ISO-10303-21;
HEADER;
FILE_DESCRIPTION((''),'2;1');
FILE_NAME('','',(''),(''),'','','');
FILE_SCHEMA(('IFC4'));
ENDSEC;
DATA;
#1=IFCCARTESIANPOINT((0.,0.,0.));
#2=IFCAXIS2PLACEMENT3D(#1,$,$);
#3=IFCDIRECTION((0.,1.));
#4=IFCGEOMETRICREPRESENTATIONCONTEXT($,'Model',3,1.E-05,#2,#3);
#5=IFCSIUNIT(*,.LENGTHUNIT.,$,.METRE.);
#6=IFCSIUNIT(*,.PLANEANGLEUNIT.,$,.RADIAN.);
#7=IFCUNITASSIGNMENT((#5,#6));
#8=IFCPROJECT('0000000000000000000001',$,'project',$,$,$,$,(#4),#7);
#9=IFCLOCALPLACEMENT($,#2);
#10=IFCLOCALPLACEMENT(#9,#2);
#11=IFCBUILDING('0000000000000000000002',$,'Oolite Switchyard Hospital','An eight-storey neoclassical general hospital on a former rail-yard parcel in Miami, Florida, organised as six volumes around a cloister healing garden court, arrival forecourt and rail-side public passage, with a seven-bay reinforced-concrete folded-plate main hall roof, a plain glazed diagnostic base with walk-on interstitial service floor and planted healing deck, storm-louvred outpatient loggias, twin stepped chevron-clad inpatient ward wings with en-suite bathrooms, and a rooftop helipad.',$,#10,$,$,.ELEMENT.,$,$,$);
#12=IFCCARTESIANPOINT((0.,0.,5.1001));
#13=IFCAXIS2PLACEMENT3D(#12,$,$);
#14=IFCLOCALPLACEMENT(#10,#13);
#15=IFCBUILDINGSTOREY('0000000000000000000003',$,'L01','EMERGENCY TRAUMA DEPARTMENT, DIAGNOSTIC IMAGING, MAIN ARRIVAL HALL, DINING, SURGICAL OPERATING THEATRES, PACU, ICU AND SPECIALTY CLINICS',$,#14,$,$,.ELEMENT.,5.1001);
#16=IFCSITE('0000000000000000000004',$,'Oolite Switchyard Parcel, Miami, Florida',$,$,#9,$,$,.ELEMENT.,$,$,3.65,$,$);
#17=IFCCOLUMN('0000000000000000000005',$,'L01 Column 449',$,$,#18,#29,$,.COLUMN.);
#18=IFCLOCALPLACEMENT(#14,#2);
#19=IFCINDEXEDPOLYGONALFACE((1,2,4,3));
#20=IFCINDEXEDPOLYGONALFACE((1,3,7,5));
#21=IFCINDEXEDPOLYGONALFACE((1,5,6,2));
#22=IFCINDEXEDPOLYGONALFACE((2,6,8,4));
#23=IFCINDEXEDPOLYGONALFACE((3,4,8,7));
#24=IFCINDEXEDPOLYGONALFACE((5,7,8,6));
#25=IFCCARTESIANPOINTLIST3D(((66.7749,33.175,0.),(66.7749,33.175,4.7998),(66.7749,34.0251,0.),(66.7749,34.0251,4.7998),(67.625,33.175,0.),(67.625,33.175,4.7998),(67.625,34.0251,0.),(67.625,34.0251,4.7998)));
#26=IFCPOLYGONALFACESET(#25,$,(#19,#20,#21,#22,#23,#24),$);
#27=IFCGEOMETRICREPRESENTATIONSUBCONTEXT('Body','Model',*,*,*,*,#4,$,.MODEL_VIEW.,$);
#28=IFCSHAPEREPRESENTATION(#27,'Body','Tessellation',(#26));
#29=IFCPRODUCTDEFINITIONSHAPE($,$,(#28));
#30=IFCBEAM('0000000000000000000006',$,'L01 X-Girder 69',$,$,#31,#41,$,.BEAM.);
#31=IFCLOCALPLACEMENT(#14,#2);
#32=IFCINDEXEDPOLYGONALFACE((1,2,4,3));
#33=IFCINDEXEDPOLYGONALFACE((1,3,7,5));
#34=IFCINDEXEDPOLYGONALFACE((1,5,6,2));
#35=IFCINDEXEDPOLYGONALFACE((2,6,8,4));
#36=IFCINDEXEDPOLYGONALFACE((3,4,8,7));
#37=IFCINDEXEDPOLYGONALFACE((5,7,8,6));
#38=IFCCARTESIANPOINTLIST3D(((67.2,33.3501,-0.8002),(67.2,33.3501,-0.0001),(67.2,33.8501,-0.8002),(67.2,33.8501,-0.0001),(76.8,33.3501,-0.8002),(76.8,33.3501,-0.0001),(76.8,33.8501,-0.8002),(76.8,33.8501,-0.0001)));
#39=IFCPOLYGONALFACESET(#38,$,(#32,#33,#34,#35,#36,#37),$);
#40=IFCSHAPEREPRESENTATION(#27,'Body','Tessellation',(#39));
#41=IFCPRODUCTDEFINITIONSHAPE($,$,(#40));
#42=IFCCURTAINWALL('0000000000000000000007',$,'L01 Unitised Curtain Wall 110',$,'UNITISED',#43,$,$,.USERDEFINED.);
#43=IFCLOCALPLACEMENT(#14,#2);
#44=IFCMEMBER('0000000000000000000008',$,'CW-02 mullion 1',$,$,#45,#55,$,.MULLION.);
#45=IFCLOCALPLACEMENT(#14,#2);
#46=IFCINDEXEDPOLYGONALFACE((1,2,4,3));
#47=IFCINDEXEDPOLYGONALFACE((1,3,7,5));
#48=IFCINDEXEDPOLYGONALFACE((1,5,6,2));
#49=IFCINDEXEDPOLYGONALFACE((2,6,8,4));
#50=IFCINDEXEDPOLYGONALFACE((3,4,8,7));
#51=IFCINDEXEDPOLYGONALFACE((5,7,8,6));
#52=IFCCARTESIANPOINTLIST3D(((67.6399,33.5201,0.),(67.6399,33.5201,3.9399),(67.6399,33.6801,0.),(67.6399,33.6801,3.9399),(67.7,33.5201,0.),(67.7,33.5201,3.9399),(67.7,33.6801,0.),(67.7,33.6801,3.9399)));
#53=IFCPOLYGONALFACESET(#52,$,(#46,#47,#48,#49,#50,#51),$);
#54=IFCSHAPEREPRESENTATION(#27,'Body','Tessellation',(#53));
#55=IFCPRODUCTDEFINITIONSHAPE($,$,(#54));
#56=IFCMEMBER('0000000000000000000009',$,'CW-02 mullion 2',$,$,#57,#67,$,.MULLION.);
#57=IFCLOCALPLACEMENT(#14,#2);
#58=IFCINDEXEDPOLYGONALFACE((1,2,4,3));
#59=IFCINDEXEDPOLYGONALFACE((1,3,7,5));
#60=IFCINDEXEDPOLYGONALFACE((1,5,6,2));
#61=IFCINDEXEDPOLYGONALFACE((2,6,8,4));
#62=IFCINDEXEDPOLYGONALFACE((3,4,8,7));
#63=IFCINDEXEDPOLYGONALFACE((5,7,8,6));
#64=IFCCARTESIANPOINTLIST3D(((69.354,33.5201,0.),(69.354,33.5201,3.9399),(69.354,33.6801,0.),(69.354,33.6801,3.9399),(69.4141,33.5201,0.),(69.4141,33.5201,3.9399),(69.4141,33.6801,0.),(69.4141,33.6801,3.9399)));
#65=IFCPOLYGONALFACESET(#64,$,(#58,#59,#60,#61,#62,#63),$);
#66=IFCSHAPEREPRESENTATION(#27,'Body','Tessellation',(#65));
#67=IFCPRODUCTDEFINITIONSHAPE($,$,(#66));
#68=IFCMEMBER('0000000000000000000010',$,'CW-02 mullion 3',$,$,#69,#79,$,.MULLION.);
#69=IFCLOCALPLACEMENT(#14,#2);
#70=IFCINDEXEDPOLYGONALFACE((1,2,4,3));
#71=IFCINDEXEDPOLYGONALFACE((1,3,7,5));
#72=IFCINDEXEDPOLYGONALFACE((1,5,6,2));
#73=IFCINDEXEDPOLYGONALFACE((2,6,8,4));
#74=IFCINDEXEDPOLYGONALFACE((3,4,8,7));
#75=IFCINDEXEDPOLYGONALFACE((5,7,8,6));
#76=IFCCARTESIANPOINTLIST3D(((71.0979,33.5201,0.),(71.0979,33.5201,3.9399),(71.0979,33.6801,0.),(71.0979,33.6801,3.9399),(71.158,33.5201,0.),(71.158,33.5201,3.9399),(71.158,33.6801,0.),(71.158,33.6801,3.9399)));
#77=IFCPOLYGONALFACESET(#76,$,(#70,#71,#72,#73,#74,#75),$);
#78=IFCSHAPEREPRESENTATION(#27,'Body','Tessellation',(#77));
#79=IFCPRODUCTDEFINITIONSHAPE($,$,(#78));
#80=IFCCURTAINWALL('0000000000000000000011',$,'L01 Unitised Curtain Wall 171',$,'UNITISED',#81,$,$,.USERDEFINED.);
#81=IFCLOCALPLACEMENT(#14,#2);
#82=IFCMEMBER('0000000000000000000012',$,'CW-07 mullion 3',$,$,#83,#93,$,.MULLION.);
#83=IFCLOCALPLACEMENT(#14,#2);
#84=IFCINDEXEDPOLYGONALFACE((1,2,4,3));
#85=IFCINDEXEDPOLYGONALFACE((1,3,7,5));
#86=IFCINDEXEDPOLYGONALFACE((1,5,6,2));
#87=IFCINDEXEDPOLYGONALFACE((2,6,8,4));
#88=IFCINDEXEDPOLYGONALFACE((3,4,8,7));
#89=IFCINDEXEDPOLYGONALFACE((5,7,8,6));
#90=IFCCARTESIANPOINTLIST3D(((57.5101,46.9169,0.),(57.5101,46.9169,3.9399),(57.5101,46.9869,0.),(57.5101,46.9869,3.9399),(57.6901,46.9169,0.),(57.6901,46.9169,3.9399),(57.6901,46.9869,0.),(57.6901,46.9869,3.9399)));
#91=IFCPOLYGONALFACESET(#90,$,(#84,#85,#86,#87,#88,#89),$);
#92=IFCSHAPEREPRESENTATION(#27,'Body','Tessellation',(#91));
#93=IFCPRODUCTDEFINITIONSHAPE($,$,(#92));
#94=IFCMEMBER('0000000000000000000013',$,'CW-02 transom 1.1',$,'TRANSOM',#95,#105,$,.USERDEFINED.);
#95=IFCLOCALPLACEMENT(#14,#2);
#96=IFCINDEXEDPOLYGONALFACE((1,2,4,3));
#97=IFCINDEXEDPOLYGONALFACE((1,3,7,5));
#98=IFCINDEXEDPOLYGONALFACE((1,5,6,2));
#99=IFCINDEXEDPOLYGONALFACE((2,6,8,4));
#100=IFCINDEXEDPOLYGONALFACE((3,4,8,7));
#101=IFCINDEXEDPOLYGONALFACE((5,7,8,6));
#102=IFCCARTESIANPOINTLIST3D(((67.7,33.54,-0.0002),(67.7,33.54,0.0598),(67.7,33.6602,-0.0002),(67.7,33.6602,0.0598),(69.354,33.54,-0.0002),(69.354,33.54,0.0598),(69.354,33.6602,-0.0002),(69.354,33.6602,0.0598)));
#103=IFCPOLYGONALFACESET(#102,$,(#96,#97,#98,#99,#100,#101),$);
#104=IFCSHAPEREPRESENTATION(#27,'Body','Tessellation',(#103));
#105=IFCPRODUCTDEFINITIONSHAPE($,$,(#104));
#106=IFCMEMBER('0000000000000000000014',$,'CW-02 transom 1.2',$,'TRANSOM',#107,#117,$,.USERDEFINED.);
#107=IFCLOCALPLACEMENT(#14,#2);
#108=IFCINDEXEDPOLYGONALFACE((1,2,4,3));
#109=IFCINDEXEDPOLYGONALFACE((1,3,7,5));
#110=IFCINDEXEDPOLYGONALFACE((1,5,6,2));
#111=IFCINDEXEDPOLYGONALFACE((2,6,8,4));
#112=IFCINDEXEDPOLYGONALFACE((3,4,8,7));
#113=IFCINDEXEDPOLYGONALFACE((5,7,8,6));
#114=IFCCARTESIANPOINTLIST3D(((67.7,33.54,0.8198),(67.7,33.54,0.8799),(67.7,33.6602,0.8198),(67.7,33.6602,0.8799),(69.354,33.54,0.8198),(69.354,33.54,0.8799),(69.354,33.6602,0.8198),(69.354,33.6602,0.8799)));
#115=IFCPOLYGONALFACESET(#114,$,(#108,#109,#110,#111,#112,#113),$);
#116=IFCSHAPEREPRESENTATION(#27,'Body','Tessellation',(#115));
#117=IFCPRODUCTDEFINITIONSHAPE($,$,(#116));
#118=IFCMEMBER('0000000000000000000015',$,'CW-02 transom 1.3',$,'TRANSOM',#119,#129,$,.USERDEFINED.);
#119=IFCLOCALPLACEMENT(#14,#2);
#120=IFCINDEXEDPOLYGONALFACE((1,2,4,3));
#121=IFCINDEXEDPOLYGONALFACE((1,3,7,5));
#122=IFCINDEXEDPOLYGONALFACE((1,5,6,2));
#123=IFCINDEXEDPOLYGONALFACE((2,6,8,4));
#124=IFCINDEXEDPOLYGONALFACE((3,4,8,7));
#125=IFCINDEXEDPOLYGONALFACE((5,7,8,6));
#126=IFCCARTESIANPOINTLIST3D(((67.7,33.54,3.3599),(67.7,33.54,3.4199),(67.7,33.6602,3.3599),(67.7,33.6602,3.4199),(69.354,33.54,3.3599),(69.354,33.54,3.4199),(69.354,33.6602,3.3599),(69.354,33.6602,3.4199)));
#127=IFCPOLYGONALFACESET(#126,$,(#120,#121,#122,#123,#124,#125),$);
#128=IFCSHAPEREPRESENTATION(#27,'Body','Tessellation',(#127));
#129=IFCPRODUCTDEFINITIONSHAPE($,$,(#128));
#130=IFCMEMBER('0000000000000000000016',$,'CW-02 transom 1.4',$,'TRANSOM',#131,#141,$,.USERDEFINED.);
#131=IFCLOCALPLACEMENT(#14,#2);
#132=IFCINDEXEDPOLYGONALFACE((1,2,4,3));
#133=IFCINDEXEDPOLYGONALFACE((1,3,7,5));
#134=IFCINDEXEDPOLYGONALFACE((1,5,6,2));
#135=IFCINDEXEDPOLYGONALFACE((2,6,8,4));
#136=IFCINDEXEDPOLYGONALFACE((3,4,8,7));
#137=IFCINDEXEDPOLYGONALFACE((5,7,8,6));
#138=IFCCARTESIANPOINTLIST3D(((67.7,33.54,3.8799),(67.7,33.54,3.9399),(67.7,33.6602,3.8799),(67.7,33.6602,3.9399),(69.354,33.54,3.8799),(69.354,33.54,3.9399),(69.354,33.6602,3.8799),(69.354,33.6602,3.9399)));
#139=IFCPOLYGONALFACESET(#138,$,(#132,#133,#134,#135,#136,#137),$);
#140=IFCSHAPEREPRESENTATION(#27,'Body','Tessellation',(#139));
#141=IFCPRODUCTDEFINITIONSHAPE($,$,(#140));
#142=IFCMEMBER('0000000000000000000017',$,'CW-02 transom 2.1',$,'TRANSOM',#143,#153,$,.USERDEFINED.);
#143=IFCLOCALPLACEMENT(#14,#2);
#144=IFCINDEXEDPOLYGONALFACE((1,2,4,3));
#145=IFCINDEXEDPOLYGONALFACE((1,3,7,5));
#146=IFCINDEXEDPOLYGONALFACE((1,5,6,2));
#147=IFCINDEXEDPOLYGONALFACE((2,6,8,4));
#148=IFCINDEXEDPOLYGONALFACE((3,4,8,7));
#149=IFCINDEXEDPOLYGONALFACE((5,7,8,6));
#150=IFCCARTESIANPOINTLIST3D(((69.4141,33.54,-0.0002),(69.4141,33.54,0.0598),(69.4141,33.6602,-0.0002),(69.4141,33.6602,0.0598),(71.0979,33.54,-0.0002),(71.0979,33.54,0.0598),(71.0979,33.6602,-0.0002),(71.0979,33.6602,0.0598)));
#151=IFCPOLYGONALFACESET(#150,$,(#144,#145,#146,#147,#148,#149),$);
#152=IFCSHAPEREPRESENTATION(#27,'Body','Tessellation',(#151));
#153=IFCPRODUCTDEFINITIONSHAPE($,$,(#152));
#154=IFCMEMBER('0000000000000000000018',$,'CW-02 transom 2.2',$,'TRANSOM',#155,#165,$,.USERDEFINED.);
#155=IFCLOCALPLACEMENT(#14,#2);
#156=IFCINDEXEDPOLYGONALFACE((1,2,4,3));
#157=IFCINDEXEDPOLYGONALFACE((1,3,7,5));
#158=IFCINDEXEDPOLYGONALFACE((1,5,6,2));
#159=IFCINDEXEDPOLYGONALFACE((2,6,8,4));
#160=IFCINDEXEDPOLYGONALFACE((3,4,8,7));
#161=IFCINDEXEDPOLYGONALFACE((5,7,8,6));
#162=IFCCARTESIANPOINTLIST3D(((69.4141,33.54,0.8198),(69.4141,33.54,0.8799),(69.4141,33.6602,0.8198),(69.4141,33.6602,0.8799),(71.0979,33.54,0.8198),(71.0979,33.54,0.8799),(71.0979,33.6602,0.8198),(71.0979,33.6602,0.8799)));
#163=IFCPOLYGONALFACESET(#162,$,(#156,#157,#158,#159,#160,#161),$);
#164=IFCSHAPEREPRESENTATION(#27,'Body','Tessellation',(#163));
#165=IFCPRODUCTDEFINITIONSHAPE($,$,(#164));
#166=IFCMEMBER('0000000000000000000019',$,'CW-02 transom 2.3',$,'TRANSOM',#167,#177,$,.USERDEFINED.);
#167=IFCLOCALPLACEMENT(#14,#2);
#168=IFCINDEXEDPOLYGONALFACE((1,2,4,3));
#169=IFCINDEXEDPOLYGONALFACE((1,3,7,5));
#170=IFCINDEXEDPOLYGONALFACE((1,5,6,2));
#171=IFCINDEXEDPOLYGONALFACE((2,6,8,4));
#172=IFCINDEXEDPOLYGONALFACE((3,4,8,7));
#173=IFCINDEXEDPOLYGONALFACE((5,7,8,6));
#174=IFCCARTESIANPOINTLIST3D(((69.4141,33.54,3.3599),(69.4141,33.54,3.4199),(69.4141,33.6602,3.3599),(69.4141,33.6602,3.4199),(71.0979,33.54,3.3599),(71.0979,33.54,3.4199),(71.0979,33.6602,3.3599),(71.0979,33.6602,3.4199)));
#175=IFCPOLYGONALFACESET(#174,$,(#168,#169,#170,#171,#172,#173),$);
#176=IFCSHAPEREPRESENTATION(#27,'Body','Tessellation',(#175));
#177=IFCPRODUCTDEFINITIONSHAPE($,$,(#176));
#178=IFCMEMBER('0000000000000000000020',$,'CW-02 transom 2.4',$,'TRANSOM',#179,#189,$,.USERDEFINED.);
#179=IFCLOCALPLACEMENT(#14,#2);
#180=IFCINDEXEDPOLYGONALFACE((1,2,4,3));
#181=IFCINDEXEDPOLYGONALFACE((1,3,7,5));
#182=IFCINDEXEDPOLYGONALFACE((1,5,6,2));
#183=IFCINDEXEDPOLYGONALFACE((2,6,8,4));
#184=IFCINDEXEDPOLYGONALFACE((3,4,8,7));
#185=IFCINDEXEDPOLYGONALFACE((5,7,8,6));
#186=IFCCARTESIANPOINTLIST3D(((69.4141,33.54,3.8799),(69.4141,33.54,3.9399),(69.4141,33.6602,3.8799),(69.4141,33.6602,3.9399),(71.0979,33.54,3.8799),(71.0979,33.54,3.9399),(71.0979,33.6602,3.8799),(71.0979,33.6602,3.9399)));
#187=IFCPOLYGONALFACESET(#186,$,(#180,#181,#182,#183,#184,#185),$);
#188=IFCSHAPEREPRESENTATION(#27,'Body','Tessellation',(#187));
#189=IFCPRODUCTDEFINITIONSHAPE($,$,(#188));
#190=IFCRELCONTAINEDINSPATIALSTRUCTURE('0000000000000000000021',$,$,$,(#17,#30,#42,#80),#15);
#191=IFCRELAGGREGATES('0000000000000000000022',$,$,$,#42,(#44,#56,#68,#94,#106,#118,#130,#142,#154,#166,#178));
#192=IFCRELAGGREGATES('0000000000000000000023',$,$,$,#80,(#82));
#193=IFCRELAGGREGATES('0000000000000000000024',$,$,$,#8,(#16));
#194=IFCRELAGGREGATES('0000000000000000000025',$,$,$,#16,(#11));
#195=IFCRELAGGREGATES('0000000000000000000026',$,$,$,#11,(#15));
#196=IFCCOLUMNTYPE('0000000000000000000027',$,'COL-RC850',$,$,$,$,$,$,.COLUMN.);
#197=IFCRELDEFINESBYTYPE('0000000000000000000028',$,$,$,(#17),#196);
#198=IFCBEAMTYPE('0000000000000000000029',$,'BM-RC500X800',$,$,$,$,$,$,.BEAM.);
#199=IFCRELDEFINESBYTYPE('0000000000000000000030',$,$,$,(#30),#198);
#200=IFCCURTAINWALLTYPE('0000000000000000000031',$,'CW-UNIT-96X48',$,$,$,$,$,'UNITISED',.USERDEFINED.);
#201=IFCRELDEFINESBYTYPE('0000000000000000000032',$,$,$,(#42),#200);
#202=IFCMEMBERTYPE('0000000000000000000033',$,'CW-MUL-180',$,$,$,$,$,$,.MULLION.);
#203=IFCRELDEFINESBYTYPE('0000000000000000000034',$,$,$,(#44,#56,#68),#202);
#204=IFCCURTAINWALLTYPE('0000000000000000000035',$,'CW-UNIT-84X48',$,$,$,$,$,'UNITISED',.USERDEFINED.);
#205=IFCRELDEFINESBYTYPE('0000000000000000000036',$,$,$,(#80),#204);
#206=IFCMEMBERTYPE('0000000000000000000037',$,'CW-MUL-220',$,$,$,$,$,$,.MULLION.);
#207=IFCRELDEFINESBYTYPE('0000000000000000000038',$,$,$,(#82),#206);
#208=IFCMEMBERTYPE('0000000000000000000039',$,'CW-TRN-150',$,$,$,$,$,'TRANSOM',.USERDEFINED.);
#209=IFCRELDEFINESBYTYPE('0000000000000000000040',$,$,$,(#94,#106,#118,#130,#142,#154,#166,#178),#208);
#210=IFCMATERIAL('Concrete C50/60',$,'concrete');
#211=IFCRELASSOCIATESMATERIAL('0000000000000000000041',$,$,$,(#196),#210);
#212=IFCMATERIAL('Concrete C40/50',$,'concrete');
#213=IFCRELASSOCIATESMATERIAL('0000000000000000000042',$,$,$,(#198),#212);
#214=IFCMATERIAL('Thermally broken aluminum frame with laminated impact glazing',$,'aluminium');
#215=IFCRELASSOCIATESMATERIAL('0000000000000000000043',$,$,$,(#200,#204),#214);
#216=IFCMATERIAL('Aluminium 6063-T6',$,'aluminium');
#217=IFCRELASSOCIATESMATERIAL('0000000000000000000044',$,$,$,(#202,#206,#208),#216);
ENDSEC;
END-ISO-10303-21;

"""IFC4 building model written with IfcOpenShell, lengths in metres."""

from ifc_helpers import new_model, si_unit, direction, frame, origin, origin_2d, place, context, subcontext, project, spatial, rectangle, extrude, material, material_profile, profile_set, type_object, element, aggregate, save


model = new_model("IFC4")

# Units and contexts
model_context = context("Model", 3, precision=1e-05, world=origin(), true_north=direction((0.0, 1.0)))
body_context = subcontext(model_context, "Body", "Model", "MODEL_VIEW")
ifc_project = project(units=[si_unit("LENGTHUNIT", "METRE"), si_unit("PLANEANGLEUNIT", "RADIAN")], contexts=[model_context])

# Site, building, storey
site_placement = place(None, origin())
site = spatial("IfcSite", under=ifc_project, at=site_placement, Name="Oolite Switchyard Parcel, Miami, Florida", CompositionType="ELEMENT", RefElevation=3.65)
building_placement = place(site_placement, origin())
building = spatial("IfcBuilding", under=site, at=building_placement, Name="Oolite Switchyard Hospital", Description="An eight-storey neoclassical general hospital on a former rail-yard parcel in Miami, Florida, organised as six volumes around a cloister healing garden court, arrival forecourt and rail-side public passage, with a seven-bay reinforced-concrete folded-plate main hall roof, a plain glazed diagnostic base with walk-on interstitial service floor and planted healing deck, storm-louvred outpatient loggias, twin stepped chevron-clad inpatient ward wings with en-suite bathrooms, and a rooftop helipad.", CompositionType="ELEMENT")
storey_placement = place(building_placement, frame((0.0, 0.0, 5.1001)))
storey = spatial("IfcBuildingStorey", under=building, at=storey_placement, Name="L01", Description="EMERGENCY TRAUMA DEPARTMENT, DIAGNOSTIC IMAGING, MAIN ARRIVAL HALL, DINING, SURGICAL OPERATING THEATRES, PACU, ICU AND SPECIALTY CLINICS", CompositionType="ELEMENT", Elevation=5.1001)

# Column
ifc_material_1 = material(Name="Concrete C50/60", Category="concrete")
ifc_material_profile_1 = material_profile(ifc_material_1, rectangle(XDim=0.8501, YDim=0.8501, at=origin_2d()), Name="RC850X850")
ifc_profile_set_1 = profile_set([ifc_material_profile_1], Name="Concrete C50/60")
column_type = type_object("IfcColumnType", Name="COL-RC850", PredefinedType="COLUMN", material=ifc_profile_set_1)
column_placement = place(storey_placement, frame((67.2, 33.6001, 0.0), z_axis=(0.0, 0.0, 1.0), x_axis=(1.0, 0.0, 0.0)))
element("IfcColumn", 1, at=column_placement, inside=storey, type_object=column_type, Name="L01 Column 449", PredefinedType="COLUMN", context=body_context, shape_type="SweptSolid", body=[
    extrude(rectangle(XDim=0.8501, YDim=0.8501, at=origin_2d()), origin(), (0.0, 0.0, 1.0), 4.7998),
])

# Beam
ifc_material_2 = material(Name="Concrete C40/50", Category="concrete")
ifc_material_profile_2 = material_profile(ifc_material_2, rectangle(XDim=0.5, YDim=0.8, at=origin_2d()), Name="RCB500X800")
ifc_profile_set_2 = profile_set([ifc_material_profile_2], Name="Concrete C40/50")
beam_type = type_object("IfcBeamType", Name="BM-RC500X800", PredefinedType="BEAM", material=ifc_profile_set_2)
beam_placement = place(storey_placement, frame((67.2, 33.6001, -0.4001), z_axis=(1.0, 0.0, 0.0), x_axis=(0.0, 1.0, 0.0)))
element("IfcBeam", 2, at=beam_placement, inside=storey, type_object=beam_type, Name="L01 X-Girder 69", PredefinedType="BEAM", context=body_context, shape_type="SweptSolid", body=[
    extrude(rectangle(XDim=0.5, YDim=0.8, at=origin_2d()), origin(), (0.0, 0.0, 1.0), 9.6001),
])

# Curtain wall, members
ifc_material_3 = material(Name="Thermally broken aluminum frame with laminated impact glazing", Category="aluminium")
curtain_wall_type_1 = type_object("IfcCurtainWallType", Name="CW-UNIT-96X48", ElementType="UNITISED", PredefinedType="USERDEFINED", material=ifc_material_3)
curtain_wall_1_placement = place(storey_placement, origin())
curtain_wall_1 = element("IfcCurtainWall", 3, at=curtain_wall_1_placement, inside=storey, type_object=curtain_wall_type_1, Name="L01 Unitised Curtain Wall 110", ObjectType="UNITISED", PredefinedType="USERDEFINED")
ifc_material_4 = material(Name="Aluminium 6063-T6", Category="aluminium")
ifc_material_profile_3 = material_profile(ifc_material_4, rectangle(XDim=0.1599, YDim=0.0601, at=origin_2d()), Name="CWM60X160")
ifc_profile_set_3 = profile_set([ifc_material_profile_3], Name="Aluminium 6063-T6")
member_type_1 = type_object("IfcMemberType", Name="CW-MUL-180", PredefinedType="MULLION", material=ifc_profile_set_3)
member_1_placement = place(storey_placement, frame((67.6699, 33.6001, 0.0), z_axis=(0.0, 0.0, 1.0), x_axis=(0.0, 1.0, 0.0)))
member_1 = element("IfcMember", 4, at=member_1_placement, type_object=member_type_1, Name="CW-02 mullion 1", PredefinedType="MULLION", context=body_context, shape_type="SweptSolid", body=[
    extrude(rectangle(XDim=0.1599, YDim=0.0601, at=origin_2d()), origin(), (0.0, 0.0, 1.0), 3.9399),
])
member_2_placement = place(storey_placement, frame((69.384, 33.6001, 0.0), z_axis=(0.0, 0.0, 1.0), x_axis=(0.0, 1.0, 0.0)))
member_2 = element("IfcMember", 5, at=member_2_placement, type_object=member_type_1, Name="CW-02 mullion 2", PredefinedType="MULLION", context=body_context, shape_type="SweptSolid", body=[
    extrude(rectangle(XDim=0.1599, YDim=0.0601, at=origin_2d()), origin(), (0.0, 0.0, 1.0), 3.9399),
])
member_3_placement = place(storey_placement, frame((71.1279, 33.6001, 0.0), z_axis=(0.0, 0.0, 1.0), x_axis=(0.0, 1.0, 0.0)))
member_3 = element("IfcMember", 6, at=member_3_placement, type_object=member_type_1, Name="CW-02 mullion 3", PredefinedType="MULLION", context=body_context, shape_type="SweptSolid", body=[
    extrude(rectangle(XDim=0.1599, YDim=0.0601, at=origin_2d()), origin(), (0.0, 0.0, 1.0), 3.9399),
])

# Curtain wall, member
curtain_wall_type_2 = type_object("IfcCurtainWallType", Name="CW-UNIT-84X48", ElementType="UNITISED", PredefinedType="USERDEFINED", material=ifc_material_3)
curtain_wall_2_placement = place(storey_placement, origin())
curtain_wall_2 = element("IfcCurtainWall", 7, at=curtain_wall_2_placement, inside=storey, type_object=curtain_wall_type_2, Name="L01 Unitised Curtain Wall 171", ObjectType="UNITISED", PredefinedType="USERDEFINED")
ifc_material_profile_4 = material_profile(ifc_material_4, rectangle(XDim=0.1799, YDim=0.0701, at=origin_2d()), Name="CWM70X180")
ifc_profile_set_4 = profile_set([ifc_material_profile_4], Name="Aluminium 6063-T6")
member_type_2 = type_object("IfcMemberType", Name="CW-MUL-220", PredefinedType="MULLION", material=ifc_profile_set_4)
member_4_placement = place(storey_placement, frame((57.6001, 46.9519, 0.0), z_axis=(0.0, 0.0, 1.0), x_axis=(1.0, 0.0, 0.0)))
member_4 = element("IfcMember", 8, at=member_4_placement, type_object=member_type_2, Name="CW-07 mullion 3", PredefinedType="MULLION", context=body_context, shape_type="SweptSolid", body=[
    extrude(rectangle(XDim=0.1799, YDim=0.0701, at=origin_2d()), origin(), (0.0, 0.0, 1.0), 3.9399),
])

# Members
ifc_material_profile_5 = material_profile(ifc_material_4, rectangle(XDim=0.1201, YDim=0.0601, at=origin_2d()), Name="CWT60X120")
ifc_profile_set_5 = profile_set([ifc_material_profile_5], Name="Aluminium 6063-T6")
member_type_3 = type_object("IfcMemberType", Name="CW-TRN-150", ElementType="TRANSOM", PredefinedType="USERDEFINED", material=ifc_profile_set_5)
member_5_placement = place(storey_placement, frame((67.7, 33.6001, 0.0298), z_axis=(1.0, 0.0, 0.0), x_axis=(0.0, 1.0, 0.0)))
member_5 = element("IfcMember", 9, at=member_5_placement, type_object=member_type_3, Name="CW-02 transom 1.1", ObjectType="TRANSOM", PredefinedType="USERDEFINED", context=body_context, shape_type="SweptSolid", body=[
    extrude(rectangle(XDim=0.1201, YDim=0.0601, at=origin_2d()), origin(), (0.0, 0.0, 1.0), 1.6541),
])
member_6_placement = place(storey_placement, frame((67.7, 33.6001, 0.8499), z_axis=(1.0, 0.0, 0.0), x_axis=(0.0, 1.0, 0.0)))
member_6 = element("IfcMember", 10, at=member_6_placement, type_object=member_type_3, Name="CW-02 transom 1.2", ObjectType="TRANSOM", PredefinedType="USERDEFINED", context=body_context, shape_type="SweptSolid", body=[
    extrude(rectangle(XDim=0.1201, YDim=0.0601, at=origin_2d()), origin(), (0.0, 0.0, 1.0), 1.6541),
])
member_7_placement = place(storey_placement, frame((67.7, 33.6001, 3.3899), z_axis=(1.0, 0.0, 0.0), x_axis=(0.0, 1.0, 0.0)))
member_7 = element("IfcMember", 11, at=member_7_placement, type_object=member_type_3, Name="CW-02 transom 1.3", ObjectType="TRANSOM", PredefinedType="USERDEFINED", context=body_context, shape_type="SweptSolid", body=[
    extrude(rectangle(XDim=0.1201, YDim=0.0601, at=origin_2d()), origin(), (0.0, 0.0, 1.0), 1.6541),
])
member_8_placement = place(storey_placement, frame((67.7, 33.6001, 3.9099), z_axis=(1.0, 0.0, 0.0), x_axis=(0.0, 1.0, 0.0)))
member_8 = element("IfcMember", 12, at=member_8_placement, type_object=member_type_3, Name="CW-02 transom 1.4", ObjectType="TRANSOM", PredefinedType="USERDEFINED", context=body_context, shape_type="SweptSolid", body=[
    extrude(rectangle(XDim=0.1201, YDim=0.0601, at=origin_2d()), origin(), (0.0, 0.0, 1.0), 1.6541),
])
member_9_placement = place(storey_placement, frame((69.4141, 33.6001, 0.0298), z_axis=(1.0, 0.0, 0.0), x_axis=(0.0, 1.0, 0.0)))
member_9 = element("IfcMember", 13, at=member_9_placement, type_object=member_type_3, Name="CW-02 transom 2.1", ObjectType="TRANSOM", PredefinedType="USERDEFINED", context=body_context, shape_type="SweptSolid", body=[
    extrude(rectangle(XDim=0.1201, YDim=0.0601, at=origin_2d()), origin(), (0.0, 0.0, 1.0), 1.6838),
])
member_10_placement = place(storey_placement, frame((69.4141, 33.6001, 0.8499), z_axis=(1.0, 0.0, 0.0), x_axis=(0.0, 1.0, 0.0)))
member_10 = element("IfcMember", 14, at=member_10_placement, type_object=member_type_3, Name="CW-02 transom 2.2", ObjectType="TRANSOM", PredefinedType="USERDEFINED", context=body_context, shape_type="SweptSolid", body=[
    extrude(rectangle(XDim=0.1201, YDim=0.0601, at=origin_2d()), origin(), (0.0, 0.0, 1.0), 1.6838),
])
member_11_placement = place(storey_placement, frame((69.4141, 33.6001, 3.3899), z_axis=(1.0, 0.0, 0.0), x_axis=(0.0, 1.0, 0.0)))
member_11 = element("IfcMember", 15, at=member_11_placement, type_object=member_type_3, Name="CW-02 transom 2.3", ObjectType="TRANSOM", PredefinedType="USERDEFINED", context=body_context, shape_type="SweptSolid", body=[
    extrude(rectangle(XDim=0.1201, YDim=0.0601, at=origin_2d()), origin(), (0.0, 0.0, 1.0), 1.6838),
])
member_12_placement = place(storey_placement, frame((69.4141, 33.6001, 3.9099), z_axis=(1.0, 0.0, 0.0), x_axis=(0.0, 1.0, 0.0)))
member_12 = element("IfcMember", 16, at=member_12_placement, type_object=member_type_3, Name="CW-02 transom 2.4", ObjectType="TRANSOM", PredefinedType="USERDEFINED", context=body_context, shape_type="SweptSolid", body=[
    extrude(rectangle(XDim=0.1201, YDim=0.0601, at=origin_2d()), origin(), (0.0, 0.0, 1.0), 1.6838),
])

aggregate(curtain_wall_1, [member_1, member_2, member_3, member_5, member_6, member_7, member_8, member_9, member_10, member_11, member_12])
aggregate(curtain_wall_2, [member_4])

save(model, "model.ifc")
